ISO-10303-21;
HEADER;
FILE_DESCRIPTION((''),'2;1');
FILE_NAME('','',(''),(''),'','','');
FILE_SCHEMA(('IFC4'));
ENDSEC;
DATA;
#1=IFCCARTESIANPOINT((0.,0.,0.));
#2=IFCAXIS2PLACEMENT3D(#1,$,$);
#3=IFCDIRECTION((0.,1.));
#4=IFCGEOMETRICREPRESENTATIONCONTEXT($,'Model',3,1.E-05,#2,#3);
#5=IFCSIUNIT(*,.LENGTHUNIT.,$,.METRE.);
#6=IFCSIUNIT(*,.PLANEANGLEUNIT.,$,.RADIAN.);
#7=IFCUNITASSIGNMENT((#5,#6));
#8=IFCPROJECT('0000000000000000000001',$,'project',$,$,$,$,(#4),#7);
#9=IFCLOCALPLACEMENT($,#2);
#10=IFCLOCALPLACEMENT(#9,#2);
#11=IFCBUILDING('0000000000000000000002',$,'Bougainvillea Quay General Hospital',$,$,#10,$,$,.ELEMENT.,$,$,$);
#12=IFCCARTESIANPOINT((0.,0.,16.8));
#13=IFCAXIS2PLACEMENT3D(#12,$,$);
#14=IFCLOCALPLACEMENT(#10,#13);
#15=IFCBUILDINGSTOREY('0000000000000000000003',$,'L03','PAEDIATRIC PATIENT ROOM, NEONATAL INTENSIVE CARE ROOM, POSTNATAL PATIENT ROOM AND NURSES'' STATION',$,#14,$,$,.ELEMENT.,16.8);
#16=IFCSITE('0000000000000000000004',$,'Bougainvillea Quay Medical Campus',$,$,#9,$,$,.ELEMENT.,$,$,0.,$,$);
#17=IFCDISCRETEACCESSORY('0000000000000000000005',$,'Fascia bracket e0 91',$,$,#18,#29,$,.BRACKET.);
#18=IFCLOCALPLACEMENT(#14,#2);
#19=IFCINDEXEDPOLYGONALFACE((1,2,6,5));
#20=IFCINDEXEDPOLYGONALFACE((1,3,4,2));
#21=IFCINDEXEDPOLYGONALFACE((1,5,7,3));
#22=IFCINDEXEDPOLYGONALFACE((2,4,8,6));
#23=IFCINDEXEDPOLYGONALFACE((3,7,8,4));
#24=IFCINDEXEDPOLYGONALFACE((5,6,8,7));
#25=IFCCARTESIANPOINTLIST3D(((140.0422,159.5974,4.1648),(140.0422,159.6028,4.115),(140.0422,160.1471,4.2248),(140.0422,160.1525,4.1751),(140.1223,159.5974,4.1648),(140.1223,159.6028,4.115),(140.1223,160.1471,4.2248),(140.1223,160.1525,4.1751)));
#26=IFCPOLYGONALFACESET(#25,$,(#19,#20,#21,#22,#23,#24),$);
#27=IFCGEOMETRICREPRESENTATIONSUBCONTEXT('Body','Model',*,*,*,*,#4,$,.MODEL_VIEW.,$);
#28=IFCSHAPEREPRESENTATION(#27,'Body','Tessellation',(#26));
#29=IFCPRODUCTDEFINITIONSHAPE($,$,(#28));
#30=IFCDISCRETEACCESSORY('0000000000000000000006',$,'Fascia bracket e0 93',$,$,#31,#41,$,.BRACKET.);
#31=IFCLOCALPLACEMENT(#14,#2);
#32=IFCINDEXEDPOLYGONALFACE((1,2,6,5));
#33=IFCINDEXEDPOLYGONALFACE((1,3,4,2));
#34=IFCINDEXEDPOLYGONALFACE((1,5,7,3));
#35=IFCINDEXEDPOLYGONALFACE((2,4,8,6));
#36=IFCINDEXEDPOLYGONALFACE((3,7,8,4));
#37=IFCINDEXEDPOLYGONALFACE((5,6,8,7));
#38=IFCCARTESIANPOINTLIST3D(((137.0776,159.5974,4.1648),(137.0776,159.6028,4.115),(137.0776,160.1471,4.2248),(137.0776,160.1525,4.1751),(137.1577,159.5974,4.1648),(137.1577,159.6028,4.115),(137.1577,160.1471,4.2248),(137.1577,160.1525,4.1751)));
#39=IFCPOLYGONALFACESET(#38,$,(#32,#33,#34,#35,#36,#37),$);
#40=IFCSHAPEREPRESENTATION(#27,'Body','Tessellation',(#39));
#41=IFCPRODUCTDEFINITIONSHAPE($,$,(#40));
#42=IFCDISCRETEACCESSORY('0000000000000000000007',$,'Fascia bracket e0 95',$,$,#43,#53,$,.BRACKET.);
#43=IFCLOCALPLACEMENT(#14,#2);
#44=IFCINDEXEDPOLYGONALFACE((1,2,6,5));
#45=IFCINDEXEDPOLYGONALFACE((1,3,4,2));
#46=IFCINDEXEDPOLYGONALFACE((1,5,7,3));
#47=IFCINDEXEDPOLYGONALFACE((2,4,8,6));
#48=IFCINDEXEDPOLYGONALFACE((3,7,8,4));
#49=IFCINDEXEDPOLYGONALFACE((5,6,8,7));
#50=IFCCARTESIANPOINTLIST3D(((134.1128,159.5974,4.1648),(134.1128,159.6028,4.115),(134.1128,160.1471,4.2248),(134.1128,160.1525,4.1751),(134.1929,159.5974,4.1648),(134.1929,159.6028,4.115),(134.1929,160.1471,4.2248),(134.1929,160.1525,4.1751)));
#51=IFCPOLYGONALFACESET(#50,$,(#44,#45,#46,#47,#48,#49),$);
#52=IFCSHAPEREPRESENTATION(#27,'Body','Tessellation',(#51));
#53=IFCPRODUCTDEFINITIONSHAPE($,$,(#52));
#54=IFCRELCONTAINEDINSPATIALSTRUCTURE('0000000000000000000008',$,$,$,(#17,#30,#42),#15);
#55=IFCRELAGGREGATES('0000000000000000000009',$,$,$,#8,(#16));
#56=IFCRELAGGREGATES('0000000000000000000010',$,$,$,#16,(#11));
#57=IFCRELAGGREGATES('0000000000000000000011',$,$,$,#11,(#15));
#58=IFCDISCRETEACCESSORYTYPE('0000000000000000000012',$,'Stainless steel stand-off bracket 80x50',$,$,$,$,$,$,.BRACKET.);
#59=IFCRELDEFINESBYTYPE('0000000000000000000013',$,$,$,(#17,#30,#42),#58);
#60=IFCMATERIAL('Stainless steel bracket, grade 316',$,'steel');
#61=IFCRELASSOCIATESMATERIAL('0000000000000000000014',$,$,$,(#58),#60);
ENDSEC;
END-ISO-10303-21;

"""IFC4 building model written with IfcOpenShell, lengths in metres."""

from ifc_helpers import new_model, si_unit, direction, frame, origin, origin_2d, place, context, subcontext, project, spatial, rectangle, extrude, material, material_profile, profile_set, type_object, element, save


model = new_model("IFC4")

# Units and contexts
model_context = context("Model", 3, precision=1e-05, world=origin(), true_north=direction((0.0, 1.0)))
body_context = subcontext(model_context, "Body", "Model", "MODEL_VIEW")
ifc_project = project(units=[si_unit("LENGTHUNIT", "METRE"), si_unit("PLANEANGLEUNIT", "RADIAN")], contexts=[model_context])

# Site, building, storey
site_placement = place(None, origin())
site = spatial("IfcSite", under=ifc_project, at=site_placement, Name="Bougainvillea Quay Medical Campus", CompositionType="ELEMENT", RefElevation=0.0)
building_placement = place(site_placement, origin())
building = spatial("IfcBuilding", under=site, at=building_placement, Name="Bougainvillea Quay General Hospital", CompositionType="ELEMENT")
storey_placement = place(building_placement, frame((0.0, 0.0, 16.8)))
storey = spatial("IfcBuildingStorey", under=building, at=storey_placement, Name="L03", Description="PAEDIATRIC PATIENT ROOM, NEONATAL INTENSIVE CARE ROOM, POSTNATAL PATIENT ROOM AND NURSES' STATION", CompositionType="ELEMENT", Elevation=16.8)

# Discrete accessories
ifc_material_1 = material(Name="Stainless steel bracket, grade 316", Category="steel")
ifc_material_profile_1 = material_profile(ifc_material_1, rectangle(XDim=0.0801, YDim=0.05, at=origin_2d()))
ifc_profile_set_1 = profile_set([ifc_material_profile_1], Name="Stainless steel bracket, grade 316")
discrete_accessory_type = type_object("IfcDiscreteAccessoryType", Name="Stainless steel stand-off bracket 80x50", PredefinedType="BRACKET", material=ifc_profile_set_1)
for number, where, z_axis, x_axis, name in (
    (1, (140.0823, 159.6001, 4.1399), (0.0, 0.994087, 0.10859), (-1.0, 0.0, 0.0), "Fascia bracket e0 91"),
    (2, (137.1177, 159.6001, 4.1399), (0.0, 0.994087, 0.10859), (-1.0, 0.0, 0.0), "Fascia bracket e0 93"),
    (3, (134.1528, 159.6001, 4.1399), (0.0, 0.994087, 0.10859), (-1.0, 0.0, 0.0), "Fascia bracket e0 95"),
):
    element("IfcDiscreteAccessory", number, at=place(storey_placement, frame(where, z_axis=z_axis, x_axis=x_axis)), inside=storey, type_object=discrete_accessory_type, Name=name, PredefinedType="BRACKET", context=body_context, shape_type="SweptSolid", body=[
        extrude(rectangle(XDim=0.0801, YDim=0.05, at=origin_2d()), origin(), (0.0, 0.0, 1.0), 0.553),
    ])

save(model, "model.ifc")
